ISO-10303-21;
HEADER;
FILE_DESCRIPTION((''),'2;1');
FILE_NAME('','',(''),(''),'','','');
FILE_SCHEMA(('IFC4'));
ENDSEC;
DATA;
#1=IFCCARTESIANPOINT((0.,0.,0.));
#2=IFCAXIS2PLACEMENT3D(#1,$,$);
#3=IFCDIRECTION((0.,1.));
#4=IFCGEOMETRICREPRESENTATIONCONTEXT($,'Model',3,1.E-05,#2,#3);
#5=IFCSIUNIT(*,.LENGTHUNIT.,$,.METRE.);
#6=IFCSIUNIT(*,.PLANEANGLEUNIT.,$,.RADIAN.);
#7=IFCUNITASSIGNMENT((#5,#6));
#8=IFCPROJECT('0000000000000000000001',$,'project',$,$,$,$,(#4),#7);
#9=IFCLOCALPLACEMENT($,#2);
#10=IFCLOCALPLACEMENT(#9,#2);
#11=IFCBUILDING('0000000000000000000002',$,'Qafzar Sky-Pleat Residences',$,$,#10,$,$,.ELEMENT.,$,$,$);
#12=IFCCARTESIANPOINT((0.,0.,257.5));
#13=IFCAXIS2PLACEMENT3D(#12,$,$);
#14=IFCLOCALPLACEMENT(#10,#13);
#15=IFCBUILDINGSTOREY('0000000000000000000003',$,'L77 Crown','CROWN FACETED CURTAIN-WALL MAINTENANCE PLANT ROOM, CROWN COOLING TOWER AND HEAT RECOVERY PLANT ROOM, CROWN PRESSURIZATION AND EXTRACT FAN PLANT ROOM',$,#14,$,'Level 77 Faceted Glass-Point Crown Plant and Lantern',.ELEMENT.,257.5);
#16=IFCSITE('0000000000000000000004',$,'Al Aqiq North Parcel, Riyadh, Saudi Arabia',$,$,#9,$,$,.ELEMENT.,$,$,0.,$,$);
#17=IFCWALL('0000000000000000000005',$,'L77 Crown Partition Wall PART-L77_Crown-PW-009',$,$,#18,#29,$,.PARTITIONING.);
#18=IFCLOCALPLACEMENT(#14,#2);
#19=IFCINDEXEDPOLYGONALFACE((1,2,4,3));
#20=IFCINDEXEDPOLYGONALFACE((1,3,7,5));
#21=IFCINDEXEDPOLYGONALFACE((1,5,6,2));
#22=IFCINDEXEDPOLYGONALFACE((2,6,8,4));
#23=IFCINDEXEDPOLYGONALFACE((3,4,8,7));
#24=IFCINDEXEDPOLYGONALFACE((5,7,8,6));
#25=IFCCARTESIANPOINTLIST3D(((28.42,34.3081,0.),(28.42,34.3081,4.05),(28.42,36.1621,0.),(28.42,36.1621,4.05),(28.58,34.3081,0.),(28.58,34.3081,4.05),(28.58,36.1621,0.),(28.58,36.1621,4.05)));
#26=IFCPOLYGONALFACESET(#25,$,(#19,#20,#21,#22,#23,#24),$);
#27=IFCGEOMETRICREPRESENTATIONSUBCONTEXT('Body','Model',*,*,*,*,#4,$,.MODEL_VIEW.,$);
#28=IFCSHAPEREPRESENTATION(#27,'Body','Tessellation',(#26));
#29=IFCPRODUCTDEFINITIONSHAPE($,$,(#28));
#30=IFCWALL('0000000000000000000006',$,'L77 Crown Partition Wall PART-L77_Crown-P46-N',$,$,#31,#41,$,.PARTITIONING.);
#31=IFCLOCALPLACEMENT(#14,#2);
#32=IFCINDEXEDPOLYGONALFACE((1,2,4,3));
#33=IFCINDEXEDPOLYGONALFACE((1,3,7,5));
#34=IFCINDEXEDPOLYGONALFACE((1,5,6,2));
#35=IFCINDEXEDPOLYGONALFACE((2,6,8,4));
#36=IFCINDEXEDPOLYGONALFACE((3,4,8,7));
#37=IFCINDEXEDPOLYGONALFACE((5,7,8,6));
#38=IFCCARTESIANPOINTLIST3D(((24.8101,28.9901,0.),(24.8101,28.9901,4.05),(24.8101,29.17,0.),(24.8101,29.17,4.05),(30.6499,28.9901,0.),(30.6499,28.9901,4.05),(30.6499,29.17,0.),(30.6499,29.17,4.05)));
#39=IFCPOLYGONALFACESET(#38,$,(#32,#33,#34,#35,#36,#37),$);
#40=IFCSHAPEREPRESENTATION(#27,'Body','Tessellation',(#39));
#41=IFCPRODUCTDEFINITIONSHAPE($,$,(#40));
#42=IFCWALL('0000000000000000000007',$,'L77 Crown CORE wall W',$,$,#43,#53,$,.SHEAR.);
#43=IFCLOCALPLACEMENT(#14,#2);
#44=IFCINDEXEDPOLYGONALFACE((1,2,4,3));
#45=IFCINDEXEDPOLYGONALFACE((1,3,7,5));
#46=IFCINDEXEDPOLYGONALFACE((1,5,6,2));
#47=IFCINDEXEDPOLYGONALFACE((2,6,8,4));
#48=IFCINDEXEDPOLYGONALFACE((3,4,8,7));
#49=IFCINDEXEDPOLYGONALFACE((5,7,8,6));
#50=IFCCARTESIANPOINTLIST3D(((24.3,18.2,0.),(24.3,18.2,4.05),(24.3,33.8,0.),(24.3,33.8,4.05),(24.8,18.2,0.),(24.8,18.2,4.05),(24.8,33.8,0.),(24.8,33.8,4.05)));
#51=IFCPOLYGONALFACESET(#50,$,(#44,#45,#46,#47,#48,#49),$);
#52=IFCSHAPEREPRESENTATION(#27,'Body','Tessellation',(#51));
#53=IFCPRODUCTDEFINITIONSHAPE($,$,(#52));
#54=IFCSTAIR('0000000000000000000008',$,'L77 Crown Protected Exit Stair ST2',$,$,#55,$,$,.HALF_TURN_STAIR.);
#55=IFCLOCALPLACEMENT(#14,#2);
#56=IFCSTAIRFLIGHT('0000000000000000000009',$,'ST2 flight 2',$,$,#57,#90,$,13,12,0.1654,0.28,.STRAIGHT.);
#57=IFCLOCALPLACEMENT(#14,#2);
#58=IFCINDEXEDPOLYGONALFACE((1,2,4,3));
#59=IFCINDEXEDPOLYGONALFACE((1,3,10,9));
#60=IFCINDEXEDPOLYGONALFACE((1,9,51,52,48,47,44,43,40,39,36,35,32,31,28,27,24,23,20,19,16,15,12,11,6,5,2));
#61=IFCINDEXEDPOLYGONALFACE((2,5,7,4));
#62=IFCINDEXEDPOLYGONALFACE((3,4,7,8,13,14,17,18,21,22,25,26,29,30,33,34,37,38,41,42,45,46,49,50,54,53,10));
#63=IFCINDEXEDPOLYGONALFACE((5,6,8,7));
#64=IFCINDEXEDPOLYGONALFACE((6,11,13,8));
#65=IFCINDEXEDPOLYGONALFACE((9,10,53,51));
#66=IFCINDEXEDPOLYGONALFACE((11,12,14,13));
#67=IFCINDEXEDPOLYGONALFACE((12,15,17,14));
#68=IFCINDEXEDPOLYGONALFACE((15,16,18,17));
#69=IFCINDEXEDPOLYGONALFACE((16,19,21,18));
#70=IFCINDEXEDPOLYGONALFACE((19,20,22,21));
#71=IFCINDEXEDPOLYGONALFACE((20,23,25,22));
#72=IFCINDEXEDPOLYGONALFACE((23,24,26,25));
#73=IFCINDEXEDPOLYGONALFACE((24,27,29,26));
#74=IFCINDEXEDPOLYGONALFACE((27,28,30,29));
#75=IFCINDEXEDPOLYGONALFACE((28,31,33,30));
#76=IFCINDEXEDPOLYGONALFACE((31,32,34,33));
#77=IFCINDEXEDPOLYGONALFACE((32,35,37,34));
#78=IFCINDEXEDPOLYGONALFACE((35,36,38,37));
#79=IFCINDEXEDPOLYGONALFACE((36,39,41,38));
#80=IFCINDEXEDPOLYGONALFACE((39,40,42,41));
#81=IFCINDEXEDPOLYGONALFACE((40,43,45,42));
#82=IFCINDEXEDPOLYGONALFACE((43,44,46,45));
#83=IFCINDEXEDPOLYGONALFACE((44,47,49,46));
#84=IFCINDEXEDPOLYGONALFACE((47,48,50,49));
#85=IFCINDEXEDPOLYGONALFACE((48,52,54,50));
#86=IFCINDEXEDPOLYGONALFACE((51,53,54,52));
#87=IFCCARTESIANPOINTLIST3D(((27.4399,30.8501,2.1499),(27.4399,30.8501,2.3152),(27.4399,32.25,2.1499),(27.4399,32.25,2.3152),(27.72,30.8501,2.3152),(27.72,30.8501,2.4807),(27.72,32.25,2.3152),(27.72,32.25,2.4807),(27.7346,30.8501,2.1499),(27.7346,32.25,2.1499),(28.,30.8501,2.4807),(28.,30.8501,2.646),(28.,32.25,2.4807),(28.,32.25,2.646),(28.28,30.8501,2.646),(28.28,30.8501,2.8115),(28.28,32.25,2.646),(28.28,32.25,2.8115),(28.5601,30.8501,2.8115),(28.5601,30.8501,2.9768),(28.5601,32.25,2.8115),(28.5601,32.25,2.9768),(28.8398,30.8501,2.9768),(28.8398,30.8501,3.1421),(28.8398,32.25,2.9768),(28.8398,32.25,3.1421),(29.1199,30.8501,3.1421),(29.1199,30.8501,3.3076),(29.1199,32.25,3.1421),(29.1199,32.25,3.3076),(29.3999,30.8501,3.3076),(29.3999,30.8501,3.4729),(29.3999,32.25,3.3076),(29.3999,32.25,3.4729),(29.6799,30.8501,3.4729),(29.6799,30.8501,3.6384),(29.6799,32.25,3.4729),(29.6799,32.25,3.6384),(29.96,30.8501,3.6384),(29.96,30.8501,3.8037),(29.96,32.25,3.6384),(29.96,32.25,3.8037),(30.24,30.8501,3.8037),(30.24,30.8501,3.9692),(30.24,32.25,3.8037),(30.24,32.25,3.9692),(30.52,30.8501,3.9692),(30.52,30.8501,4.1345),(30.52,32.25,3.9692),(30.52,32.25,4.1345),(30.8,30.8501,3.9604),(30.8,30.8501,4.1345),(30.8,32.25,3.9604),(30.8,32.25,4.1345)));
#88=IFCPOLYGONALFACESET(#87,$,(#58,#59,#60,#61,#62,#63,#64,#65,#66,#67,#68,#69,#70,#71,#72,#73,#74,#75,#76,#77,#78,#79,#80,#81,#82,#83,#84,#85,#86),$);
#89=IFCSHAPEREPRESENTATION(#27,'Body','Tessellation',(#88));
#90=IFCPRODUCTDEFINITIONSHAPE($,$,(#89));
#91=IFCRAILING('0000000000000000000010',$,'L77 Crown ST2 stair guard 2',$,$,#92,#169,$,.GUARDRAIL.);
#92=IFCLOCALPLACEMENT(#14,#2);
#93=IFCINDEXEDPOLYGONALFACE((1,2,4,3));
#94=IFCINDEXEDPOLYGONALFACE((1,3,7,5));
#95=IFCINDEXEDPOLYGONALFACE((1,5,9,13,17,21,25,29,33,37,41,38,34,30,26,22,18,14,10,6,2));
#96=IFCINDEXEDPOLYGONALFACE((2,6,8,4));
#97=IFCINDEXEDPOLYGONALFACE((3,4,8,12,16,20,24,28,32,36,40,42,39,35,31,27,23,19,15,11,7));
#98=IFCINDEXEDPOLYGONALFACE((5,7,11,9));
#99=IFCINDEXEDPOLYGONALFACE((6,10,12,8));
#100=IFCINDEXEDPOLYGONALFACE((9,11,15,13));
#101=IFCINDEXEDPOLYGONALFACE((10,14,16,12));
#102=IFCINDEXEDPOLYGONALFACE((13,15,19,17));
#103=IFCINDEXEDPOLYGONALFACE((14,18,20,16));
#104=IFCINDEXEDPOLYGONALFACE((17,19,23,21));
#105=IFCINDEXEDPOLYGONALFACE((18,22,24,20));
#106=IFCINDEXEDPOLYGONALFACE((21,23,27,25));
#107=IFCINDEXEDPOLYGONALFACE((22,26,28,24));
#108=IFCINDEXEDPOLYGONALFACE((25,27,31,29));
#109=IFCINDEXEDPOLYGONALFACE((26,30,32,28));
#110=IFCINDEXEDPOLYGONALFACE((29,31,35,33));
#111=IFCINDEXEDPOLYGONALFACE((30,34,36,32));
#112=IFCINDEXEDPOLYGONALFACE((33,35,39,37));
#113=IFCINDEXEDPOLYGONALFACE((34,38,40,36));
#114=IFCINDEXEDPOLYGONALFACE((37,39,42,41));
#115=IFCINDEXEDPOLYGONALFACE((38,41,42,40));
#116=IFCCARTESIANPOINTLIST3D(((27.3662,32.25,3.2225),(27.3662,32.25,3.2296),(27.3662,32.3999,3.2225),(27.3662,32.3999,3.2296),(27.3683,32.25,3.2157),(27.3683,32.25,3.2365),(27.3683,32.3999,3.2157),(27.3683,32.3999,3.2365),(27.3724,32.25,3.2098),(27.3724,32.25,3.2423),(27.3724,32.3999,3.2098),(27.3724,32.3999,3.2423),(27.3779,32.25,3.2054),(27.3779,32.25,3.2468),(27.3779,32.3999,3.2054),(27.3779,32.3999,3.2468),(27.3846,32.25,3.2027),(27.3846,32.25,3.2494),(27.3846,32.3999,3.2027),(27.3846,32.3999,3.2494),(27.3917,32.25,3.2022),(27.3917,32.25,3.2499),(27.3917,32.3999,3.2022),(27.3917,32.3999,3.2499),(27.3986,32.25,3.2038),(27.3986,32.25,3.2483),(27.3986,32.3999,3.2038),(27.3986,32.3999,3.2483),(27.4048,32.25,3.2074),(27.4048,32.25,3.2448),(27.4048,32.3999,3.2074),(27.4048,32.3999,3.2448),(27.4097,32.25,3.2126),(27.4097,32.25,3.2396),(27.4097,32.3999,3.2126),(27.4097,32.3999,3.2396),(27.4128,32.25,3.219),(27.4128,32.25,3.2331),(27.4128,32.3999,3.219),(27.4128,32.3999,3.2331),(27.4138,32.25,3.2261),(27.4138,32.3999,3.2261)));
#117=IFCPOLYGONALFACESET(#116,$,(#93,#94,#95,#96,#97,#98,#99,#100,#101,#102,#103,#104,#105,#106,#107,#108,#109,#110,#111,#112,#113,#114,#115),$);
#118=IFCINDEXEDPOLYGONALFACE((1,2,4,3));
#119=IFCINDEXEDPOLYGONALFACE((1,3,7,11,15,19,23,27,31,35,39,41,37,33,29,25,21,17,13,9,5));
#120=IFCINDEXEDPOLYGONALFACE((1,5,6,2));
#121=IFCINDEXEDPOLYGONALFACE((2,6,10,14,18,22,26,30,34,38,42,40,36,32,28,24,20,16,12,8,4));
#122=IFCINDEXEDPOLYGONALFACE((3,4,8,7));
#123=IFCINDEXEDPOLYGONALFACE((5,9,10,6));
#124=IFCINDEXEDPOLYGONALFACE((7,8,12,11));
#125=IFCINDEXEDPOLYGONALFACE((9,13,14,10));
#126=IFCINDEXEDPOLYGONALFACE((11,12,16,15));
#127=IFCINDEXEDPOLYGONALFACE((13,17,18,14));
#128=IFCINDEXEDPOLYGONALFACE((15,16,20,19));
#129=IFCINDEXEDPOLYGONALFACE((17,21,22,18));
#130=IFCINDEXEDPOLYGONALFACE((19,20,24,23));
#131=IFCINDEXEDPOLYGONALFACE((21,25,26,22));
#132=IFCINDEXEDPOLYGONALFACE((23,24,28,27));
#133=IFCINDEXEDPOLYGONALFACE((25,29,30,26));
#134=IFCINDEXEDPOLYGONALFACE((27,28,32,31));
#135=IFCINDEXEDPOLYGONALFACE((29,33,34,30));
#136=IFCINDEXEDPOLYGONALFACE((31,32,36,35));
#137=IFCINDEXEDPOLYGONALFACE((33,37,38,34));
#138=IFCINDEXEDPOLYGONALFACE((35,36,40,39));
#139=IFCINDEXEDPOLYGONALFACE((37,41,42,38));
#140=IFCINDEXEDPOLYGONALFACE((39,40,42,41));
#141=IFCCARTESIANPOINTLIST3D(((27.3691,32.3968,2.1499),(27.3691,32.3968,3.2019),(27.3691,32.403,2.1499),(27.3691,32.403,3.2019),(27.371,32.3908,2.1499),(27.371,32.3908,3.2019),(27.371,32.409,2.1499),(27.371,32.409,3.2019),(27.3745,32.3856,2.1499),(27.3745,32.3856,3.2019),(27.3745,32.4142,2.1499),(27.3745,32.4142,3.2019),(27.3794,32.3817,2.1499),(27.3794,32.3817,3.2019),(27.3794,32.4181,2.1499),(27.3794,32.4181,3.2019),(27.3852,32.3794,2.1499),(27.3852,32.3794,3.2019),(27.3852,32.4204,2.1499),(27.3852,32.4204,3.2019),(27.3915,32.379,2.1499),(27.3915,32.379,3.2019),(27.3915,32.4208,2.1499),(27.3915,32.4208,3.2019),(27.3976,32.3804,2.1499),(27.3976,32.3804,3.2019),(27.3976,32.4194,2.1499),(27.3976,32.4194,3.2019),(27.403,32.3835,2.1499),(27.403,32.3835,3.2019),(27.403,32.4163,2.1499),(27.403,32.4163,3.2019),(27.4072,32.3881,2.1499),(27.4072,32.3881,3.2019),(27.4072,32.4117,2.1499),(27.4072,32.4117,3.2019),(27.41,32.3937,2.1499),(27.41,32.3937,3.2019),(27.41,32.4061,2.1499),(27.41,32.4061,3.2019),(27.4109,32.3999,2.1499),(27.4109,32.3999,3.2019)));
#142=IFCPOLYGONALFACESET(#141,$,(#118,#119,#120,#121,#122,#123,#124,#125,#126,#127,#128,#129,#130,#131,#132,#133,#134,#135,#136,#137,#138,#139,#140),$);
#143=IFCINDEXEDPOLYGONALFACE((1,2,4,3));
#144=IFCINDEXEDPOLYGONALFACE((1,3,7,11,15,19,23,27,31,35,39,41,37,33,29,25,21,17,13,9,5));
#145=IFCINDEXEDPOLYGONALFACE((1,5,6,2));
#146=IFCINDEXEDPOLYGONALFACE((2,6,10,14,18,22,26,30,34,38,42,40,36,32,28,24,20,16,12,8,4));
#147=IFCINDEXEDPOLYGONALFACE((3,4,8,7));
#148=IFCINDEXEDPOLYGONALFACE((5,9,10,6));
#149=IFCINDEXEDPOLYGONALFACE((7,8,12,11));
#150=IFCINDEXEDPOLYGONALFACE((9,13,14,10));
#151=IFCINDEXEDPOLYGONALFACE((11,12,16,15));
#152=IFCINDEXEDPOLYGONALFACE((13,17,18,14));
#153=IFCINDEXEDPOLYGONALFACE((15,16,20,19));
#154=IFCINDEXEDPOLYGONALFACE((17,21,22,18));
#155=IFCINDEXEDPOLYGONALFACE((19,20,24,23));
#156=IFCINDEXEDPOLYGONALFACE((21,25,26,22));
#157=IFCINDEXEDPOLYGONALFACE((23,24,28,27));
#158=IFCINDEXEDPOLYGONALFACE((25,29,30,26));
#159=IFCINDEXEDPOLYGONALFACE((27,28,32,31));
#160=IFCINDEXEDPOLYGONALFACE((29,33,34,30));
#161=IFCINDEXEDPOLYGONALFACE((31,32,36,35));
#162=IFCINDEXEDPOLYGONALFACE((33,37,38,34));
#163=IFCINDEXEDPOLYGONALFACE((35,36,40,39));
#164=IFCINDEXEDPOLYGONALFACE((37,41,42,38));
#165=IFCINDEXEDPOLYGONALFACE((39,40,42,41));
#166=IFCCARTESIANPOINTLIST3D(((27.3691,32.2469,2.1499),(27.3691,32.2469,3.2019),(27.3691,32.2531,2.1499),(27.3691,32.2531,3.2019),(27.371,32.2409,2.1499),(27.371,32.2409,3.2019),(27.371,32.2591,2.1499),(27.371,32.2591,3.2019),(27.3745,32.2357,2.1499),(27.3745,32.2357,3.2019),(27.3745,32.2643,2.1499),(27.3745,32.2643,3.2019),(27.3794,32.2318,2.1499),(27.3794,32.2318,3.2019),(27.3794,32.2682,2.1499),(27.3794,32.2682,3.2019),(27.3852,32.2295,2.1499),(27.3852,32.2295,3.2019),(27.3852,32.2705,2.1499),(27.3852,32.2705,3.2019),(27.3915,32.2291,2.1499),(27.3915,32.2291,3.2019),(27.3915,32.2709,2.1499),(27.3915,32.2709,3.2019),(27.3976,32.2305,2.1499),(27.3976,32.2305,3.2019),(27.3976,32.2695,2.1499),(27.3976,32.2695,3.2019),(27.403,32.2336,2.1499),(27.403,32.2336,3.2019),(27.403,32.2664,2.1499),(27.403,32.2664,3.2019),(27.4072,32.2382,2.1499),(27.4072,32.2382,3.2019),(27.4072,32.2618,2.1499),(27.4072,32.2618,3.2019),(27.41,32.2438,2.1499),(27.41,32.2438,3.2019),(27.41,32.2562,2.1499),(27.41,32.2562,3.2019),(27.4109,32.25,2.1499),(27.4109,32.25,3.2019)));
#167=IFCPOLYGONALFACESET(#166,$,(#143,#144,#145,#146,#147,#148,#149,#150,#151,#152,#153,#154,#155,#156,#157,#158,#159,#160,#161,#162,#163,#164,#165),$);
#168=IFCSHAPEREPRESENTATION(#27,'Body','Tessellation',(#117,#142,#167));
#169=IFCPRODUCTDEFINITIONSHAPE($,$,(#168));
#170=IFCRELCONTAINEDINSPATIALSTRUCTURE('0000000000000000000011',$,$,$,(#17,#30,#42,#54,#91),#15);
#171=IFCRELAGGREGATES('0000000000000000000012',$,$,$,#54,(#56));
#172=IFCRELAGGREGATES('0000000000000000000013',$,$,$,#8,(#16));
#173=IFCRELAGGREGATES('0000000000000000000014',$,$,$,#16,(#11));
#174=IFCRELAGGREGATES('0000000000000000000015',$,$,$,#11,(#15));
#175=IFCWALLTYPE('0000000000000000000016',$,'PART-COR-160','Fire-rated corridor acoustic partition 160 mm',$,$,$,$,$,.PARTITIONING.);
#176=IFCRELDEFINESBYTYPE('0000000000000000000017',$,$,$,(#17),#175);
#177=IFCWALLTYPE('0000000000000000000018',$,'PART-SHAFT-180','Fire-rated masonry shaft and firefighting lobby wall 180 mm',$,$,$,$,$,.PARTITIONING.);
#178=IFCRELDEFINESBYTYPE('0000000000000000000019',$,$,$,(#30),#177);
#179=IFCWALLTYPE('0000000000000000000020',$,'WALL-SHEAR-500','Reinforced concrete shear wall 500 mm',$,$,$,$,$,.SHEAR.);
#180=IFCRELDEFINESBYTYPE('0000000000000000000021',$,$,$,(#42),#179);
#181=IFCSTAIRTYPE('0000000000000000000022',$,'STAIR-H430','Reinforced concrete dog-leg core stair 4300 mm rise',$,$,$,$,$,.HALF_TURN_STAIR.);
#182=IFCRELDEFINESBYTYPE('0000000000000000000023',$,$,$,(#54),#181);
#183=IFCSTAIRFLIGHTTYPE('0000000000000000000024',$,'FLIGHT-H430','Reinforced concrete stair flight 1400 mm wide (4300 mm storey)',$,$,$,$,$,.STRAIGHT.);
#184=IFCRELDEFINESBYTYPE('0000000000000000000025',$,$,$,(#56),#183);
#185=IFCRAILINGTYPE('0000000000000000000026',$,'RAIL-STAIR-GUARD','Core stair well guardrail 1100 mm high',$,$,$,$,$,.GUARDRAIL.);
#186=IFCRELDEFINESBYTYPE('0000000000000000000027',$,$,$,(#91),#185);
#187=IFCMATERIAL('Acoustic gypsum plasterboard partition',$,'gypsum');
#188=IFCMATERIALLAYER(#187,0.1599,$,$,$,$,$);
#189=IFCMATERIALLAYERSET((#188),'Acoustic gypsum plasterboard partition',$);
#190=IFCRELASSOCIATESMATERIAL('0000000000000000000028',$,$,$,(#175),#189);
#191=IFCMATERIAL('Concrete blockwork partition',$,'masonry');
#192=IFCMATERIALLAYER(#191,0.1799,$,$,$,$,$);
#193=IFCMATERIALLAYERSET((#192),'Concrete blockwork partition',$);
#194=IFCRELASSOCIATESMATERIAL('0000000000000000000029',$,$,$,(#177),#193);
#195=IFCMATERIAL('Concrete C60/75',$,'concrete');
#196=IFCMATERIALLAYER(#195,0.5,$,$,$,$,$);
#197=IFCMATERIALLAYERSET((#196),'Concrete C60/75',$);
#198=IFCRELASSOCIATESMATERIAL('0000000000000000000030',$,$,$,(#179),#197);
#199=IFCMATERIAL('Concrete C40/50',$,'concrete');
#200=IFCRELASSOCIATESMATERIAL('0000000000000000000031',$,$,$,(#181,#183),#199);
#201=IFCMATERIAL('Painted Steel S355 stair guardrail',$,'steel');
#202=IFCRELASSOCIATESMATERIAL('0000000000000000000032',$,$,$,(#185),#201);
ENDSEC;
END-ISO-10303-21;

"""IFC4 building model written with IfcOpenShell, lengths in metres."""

from ifc_helpers import new_model, si_unit, direction, frame, frame_2d, origin, origin_2d, place, context, subcontext, project, spatial, polyline, rectangle, circle, outline, extrude, source, transform, mapped, material, layer, layer_set, type_object, element, aggregate, save


model = new_model("IFC4")

# Units and contexts
model_context = context("Model", 3, precision=1e-05, world=origin(), true_north=direction((0.0, 1.0)))
body_context = subcontext(model_context, "Body", "Model", "MODEL_VIEW")
ifc_project = project(units=[si_unit("LENGTHUNIT", "METRE"), si_unit("PLANEANGLEUNIT", "RADIAN")], contexts=[model_context])

# Site, building, storey
site_placement = place(None, origin())
site = spatial("IfcSite", under=ifc_project, at=site_placement, Name="Al Aqiq North Parcel, Riyadh, Saudi Arabia", CompositionType="ELEMENT", RefElevation=0.0)
building_placement = place(site_placement, origin())
building = spatial("IfcBuilding", under=site, at=building_placement, Name="Qafzar Sky-Pleat Residences", CompositionType="ELEMENT")
storey_placement = place(building_placement, frame((0.0, 0.0, 257.5)))
storey = spatial("IfcBuildingStorey", under=building, at=storey_placement, Name="L77 Crown", Description="CROWN FACETED CURTAIN-WALL MAINTENANCE PLANT ROOM, CROWN COOLING TOWER AND HEAT RECOVERY PLANT ROOM, CROWN PRESSURIZATION AND EXTRACT FAN PLANT ROOM", LongName="Level 77 Faceted Glass-Point Crown Plant and Lantern", CompositionType="ELEMENT", Elevation=257.5)

# Walls
ifc_material_1 = material(Name="Acoustic gypsum plasterboard partition", Category="gypsum")
ifc_layer_1 = layer(ifc_material_1, 0.1599)
ifc_layer_set_1 = layer_set([ifc_layer_1], Name="Acoustic gypsum plasterboard partition")
wall_type_1 = type_object("IfcWallType", Name="PART-COR-160", Description="Fire-rated corridor acoustic partition 160 mm", PredefinedType="PARTITIONING", material=ifc_layer_set_1)
wall_1_placement = place(storey_placement, frame((28.5, 34.3081, 0.0), z_axis=(0.0, 0.0, 1.0), x_axis=(0.0, 1.0, 0.0)))
element("IfcWall", 1, at=wall_1_placement, inside=storey, type_object=wall_type_1, Name="L77 Crown Partition Wall PART-L77_Crown-PW-009", PredefinedType="PARTITIONING", context=body_context, shape_type="SweptSolid", body=[
    extrude(rectangle(XDim=1.854, YDim=0.1599, at=frame_2d((0.927, 0.0))), origin(), (0.0, 0.0, 1.0), 4.05),
])
ifc_material_2 = material(Name="Concrete blockwork partition", Category="masonry")
ifc_layer_2 = layer(ifc_material_2, 0.1799)
ifc_layer_set_2 = layer_set([ifc_layer_2], Name="Concrete blockwork partition")
wall_type_2 = type_object("IfcWallType", Name="PART-SHAFT-180", Description="Fire-rated masonry shaft and firefighting lobby wall 180 mm", PredefinedType="PARTITIONING", material=ifc_layer_set_2)
wall_2_placement = place(storey_placement, frame((24.8101, 29.0801, 0.0), z_axis=(0.0, 0.0, 1.0), x_axis=(1.0, 0.0, 0.0)))
element("IfcWall", 2, at=wall_2_placement, inside=storey, type_object=wall_type_2, Name="L77 Crown Partition Wall PART-L77_Crown-P46-N", PredefinedType="PARTITIONING", context=body_context, shape_type="SweptSolid", body=[
    extrude(rectangle(XDim=5.8398, YDim=0.1799, at=frame_2d((2.9199, 0.0))), origin(), (0.0, 0.0, 1.0), 4.05),
])

# Shared definitions
ifc_material_3 = material(Name="Concrete C60/75", Category="concrete")

# Wall
ifc_layer_3 = layer(ifc_material_3, 0.5)
ifc_layer_set_3 = layer_set([ifc_layer_3], Name="Concrete C60/75")
wall_type_3 = type_object("IfcWallType", Name="WALL-SHEAR-500", Description="Reinforced concrete shear wall 500 mm", PredefinedType="SHEAR", material=ifc_layer_set_3)
wall_3_placement = place(storey_placement, frame((24.55, 33.8, 0.0), z_axis=(0.0, 0.0, 1.0), x_axis=(0.0, -1.0, 0.0)))
element("IfcWall", 3, at=wall_3_placement, inside=storey, type_object=wall_type_3, Name="L77 Crown CORE wall W", PredefinedType="SHEAR", context=body_context, shape_type="SweptSolid", body=[
    extrude(rectangle(XDim=15.6001, YDim=0.5, at=frame_2d((7.8, 0.0))), origin(), (0.0, 0.0, 1.0), 4.05),
])

# Stair, stair flight
ifc_material_4 = material(Name="Concrete C40/50", Category="concrete")
stair_type = type_object("IfcStairType", Name="STAIR-H430", Description="Reinforced concrete dog-leg core stair 4300 mm rise", PredefinedType="HALF_TURN_STAIR", material=ifc_material_4)
stair_placement = place(storey_placement, origin())
stair = element("IfcStair", 4, at=stair_placement, inside=storey, type_object=stair_type, Name="L77 Crown Protected Exit Stair ST2", PredefinedType="HALF_TURN_STAIR")
stair_flight_type = type_object("IfcStairFlightType", Name="FLIGHT-H430", Description="Reinforced concrete stair flight 1400 mm wide (4300 mm storey)", PredefinedType="STRAIGHT", material=ifc_material_4)
shared_shape_1 = source(origin(), body_context, "Body", "SweptSolid", [
    extrude(outline(polyline([(0.0, 0.0), (0.0, 0.1653), (0.28, 0.1653), (0.28, 0.3308), (0.5601, 0.3308), (0.5601, 0.4961), (0.8401, 0.4961), (0.8401, 0.6616), (1.1201, 0.6616), (1.1201, 0.8269), (1.3999, 0.8269), (1.3999, 0.9922), (1.6799, 0.9922), (1.6799, 1.1577), (1.96, 1.1577), (1.96, 1.323), (2.24, 1.323), (2.24, 1.4885), (2.52, 1.4885), (2.52, 1.6538), (2.8, 1.6538), (2.8, 1.8193), (3.0801, 1.8193), (3.0801, 1.9846), (3.3601, 1.9846), (3.3601, 2.1499), (3.3601, 1.8105), (0.2947, 0.0), (0.0, 0.0)])), frame((0.0, 0.7, 0.0), z_axis=(0.0, -1.0, 0.0), x_axis=(1.0, 0.0, 0.0)), (0.0, 0.0, 1.0), 1.3999),
])
stair_flight_placement = place(storey_placement, frame((27.4399, 31.55, 2.1499), z_axis=(0.0, 0.0, 1.0), x_axis=(1.0, 0.0, 0.0)))
stair_flight = element("IfcStairFlight", 5, at=stair_flight_placement, type_object=stair_flight_type, Name="ST2 flight 2", NumberOfRisers=13, NumberOfTreads=12, PredefinedType="STRAIGHT", RiserHeight=0.1654, TreadLength=0.28, context=body_context, shape_type="MappedRepresentation", body=[
    mapped(shared_shape_1, transform((0.0, 0.0, 0.0), x_axis=(1.0, 0.0, 0.0), y_axis=(0.0, 1.0, 0.0), z_axis=(0.0, 0.0, 1.0), scale=1.0)),
])
aggregate(stair, [stair_flight])

# Railing
ifc_material_5 = material(Name="Painted Steel S355 stair guardrail", Category="steel")
railing_type_1 = type_object("IfcRailingType", Name="RAIL-STAIR-GUARD", Description="Core stair well guardrail 1100 mm high", PredefinedType="GUARDRAIL", material=ifc_material_5)
shared_shape_2 = source(origin(), body_context, "Body", "SweptSolid", [
    extrude(circle(Radius=0.0239, at=origin_2d()), frame((0.0, 0.0, 1.0762), z_axis=(0.0, -1.0, 0.0), x_axis=(1.0, 0.0, 0.0)), (0.0, 0.0, 1.0), 0.1499),
    extrude(circle(Radius=0.021, at=origin_2d()), origin(), (0.0, 0.0, 1.0), 1.052),
    extrude(circle(Radius=0.021, at=origin_2d()), frame((0.0, -0.1499, 0.0)), (0.0, 0.0, 1.0), 1.052),
])
railing_1_placement = place(storey_placement, frame((27.3899, 32.3999, 2.1499)))
element("IfcRailing", 6, at=railing_1_placement, inside=storey, type_object=railing_type_1, Name="L77 Crown ST2 stair guard 2", PredefinedType="GUARDRAIL", context=body_context, shape_type="MappedRepresentation", body=[
    mapped(shared_shape_2, transform((0.0, 0.0, 0.0), x_axis=(1.0, 0.0, 0.0), y_axis=(0.0, 1.0, 0.0), z_axis=(0.0, 0.0, 1.0), scale=1.0)),
])

save(model, "model.ifc")
